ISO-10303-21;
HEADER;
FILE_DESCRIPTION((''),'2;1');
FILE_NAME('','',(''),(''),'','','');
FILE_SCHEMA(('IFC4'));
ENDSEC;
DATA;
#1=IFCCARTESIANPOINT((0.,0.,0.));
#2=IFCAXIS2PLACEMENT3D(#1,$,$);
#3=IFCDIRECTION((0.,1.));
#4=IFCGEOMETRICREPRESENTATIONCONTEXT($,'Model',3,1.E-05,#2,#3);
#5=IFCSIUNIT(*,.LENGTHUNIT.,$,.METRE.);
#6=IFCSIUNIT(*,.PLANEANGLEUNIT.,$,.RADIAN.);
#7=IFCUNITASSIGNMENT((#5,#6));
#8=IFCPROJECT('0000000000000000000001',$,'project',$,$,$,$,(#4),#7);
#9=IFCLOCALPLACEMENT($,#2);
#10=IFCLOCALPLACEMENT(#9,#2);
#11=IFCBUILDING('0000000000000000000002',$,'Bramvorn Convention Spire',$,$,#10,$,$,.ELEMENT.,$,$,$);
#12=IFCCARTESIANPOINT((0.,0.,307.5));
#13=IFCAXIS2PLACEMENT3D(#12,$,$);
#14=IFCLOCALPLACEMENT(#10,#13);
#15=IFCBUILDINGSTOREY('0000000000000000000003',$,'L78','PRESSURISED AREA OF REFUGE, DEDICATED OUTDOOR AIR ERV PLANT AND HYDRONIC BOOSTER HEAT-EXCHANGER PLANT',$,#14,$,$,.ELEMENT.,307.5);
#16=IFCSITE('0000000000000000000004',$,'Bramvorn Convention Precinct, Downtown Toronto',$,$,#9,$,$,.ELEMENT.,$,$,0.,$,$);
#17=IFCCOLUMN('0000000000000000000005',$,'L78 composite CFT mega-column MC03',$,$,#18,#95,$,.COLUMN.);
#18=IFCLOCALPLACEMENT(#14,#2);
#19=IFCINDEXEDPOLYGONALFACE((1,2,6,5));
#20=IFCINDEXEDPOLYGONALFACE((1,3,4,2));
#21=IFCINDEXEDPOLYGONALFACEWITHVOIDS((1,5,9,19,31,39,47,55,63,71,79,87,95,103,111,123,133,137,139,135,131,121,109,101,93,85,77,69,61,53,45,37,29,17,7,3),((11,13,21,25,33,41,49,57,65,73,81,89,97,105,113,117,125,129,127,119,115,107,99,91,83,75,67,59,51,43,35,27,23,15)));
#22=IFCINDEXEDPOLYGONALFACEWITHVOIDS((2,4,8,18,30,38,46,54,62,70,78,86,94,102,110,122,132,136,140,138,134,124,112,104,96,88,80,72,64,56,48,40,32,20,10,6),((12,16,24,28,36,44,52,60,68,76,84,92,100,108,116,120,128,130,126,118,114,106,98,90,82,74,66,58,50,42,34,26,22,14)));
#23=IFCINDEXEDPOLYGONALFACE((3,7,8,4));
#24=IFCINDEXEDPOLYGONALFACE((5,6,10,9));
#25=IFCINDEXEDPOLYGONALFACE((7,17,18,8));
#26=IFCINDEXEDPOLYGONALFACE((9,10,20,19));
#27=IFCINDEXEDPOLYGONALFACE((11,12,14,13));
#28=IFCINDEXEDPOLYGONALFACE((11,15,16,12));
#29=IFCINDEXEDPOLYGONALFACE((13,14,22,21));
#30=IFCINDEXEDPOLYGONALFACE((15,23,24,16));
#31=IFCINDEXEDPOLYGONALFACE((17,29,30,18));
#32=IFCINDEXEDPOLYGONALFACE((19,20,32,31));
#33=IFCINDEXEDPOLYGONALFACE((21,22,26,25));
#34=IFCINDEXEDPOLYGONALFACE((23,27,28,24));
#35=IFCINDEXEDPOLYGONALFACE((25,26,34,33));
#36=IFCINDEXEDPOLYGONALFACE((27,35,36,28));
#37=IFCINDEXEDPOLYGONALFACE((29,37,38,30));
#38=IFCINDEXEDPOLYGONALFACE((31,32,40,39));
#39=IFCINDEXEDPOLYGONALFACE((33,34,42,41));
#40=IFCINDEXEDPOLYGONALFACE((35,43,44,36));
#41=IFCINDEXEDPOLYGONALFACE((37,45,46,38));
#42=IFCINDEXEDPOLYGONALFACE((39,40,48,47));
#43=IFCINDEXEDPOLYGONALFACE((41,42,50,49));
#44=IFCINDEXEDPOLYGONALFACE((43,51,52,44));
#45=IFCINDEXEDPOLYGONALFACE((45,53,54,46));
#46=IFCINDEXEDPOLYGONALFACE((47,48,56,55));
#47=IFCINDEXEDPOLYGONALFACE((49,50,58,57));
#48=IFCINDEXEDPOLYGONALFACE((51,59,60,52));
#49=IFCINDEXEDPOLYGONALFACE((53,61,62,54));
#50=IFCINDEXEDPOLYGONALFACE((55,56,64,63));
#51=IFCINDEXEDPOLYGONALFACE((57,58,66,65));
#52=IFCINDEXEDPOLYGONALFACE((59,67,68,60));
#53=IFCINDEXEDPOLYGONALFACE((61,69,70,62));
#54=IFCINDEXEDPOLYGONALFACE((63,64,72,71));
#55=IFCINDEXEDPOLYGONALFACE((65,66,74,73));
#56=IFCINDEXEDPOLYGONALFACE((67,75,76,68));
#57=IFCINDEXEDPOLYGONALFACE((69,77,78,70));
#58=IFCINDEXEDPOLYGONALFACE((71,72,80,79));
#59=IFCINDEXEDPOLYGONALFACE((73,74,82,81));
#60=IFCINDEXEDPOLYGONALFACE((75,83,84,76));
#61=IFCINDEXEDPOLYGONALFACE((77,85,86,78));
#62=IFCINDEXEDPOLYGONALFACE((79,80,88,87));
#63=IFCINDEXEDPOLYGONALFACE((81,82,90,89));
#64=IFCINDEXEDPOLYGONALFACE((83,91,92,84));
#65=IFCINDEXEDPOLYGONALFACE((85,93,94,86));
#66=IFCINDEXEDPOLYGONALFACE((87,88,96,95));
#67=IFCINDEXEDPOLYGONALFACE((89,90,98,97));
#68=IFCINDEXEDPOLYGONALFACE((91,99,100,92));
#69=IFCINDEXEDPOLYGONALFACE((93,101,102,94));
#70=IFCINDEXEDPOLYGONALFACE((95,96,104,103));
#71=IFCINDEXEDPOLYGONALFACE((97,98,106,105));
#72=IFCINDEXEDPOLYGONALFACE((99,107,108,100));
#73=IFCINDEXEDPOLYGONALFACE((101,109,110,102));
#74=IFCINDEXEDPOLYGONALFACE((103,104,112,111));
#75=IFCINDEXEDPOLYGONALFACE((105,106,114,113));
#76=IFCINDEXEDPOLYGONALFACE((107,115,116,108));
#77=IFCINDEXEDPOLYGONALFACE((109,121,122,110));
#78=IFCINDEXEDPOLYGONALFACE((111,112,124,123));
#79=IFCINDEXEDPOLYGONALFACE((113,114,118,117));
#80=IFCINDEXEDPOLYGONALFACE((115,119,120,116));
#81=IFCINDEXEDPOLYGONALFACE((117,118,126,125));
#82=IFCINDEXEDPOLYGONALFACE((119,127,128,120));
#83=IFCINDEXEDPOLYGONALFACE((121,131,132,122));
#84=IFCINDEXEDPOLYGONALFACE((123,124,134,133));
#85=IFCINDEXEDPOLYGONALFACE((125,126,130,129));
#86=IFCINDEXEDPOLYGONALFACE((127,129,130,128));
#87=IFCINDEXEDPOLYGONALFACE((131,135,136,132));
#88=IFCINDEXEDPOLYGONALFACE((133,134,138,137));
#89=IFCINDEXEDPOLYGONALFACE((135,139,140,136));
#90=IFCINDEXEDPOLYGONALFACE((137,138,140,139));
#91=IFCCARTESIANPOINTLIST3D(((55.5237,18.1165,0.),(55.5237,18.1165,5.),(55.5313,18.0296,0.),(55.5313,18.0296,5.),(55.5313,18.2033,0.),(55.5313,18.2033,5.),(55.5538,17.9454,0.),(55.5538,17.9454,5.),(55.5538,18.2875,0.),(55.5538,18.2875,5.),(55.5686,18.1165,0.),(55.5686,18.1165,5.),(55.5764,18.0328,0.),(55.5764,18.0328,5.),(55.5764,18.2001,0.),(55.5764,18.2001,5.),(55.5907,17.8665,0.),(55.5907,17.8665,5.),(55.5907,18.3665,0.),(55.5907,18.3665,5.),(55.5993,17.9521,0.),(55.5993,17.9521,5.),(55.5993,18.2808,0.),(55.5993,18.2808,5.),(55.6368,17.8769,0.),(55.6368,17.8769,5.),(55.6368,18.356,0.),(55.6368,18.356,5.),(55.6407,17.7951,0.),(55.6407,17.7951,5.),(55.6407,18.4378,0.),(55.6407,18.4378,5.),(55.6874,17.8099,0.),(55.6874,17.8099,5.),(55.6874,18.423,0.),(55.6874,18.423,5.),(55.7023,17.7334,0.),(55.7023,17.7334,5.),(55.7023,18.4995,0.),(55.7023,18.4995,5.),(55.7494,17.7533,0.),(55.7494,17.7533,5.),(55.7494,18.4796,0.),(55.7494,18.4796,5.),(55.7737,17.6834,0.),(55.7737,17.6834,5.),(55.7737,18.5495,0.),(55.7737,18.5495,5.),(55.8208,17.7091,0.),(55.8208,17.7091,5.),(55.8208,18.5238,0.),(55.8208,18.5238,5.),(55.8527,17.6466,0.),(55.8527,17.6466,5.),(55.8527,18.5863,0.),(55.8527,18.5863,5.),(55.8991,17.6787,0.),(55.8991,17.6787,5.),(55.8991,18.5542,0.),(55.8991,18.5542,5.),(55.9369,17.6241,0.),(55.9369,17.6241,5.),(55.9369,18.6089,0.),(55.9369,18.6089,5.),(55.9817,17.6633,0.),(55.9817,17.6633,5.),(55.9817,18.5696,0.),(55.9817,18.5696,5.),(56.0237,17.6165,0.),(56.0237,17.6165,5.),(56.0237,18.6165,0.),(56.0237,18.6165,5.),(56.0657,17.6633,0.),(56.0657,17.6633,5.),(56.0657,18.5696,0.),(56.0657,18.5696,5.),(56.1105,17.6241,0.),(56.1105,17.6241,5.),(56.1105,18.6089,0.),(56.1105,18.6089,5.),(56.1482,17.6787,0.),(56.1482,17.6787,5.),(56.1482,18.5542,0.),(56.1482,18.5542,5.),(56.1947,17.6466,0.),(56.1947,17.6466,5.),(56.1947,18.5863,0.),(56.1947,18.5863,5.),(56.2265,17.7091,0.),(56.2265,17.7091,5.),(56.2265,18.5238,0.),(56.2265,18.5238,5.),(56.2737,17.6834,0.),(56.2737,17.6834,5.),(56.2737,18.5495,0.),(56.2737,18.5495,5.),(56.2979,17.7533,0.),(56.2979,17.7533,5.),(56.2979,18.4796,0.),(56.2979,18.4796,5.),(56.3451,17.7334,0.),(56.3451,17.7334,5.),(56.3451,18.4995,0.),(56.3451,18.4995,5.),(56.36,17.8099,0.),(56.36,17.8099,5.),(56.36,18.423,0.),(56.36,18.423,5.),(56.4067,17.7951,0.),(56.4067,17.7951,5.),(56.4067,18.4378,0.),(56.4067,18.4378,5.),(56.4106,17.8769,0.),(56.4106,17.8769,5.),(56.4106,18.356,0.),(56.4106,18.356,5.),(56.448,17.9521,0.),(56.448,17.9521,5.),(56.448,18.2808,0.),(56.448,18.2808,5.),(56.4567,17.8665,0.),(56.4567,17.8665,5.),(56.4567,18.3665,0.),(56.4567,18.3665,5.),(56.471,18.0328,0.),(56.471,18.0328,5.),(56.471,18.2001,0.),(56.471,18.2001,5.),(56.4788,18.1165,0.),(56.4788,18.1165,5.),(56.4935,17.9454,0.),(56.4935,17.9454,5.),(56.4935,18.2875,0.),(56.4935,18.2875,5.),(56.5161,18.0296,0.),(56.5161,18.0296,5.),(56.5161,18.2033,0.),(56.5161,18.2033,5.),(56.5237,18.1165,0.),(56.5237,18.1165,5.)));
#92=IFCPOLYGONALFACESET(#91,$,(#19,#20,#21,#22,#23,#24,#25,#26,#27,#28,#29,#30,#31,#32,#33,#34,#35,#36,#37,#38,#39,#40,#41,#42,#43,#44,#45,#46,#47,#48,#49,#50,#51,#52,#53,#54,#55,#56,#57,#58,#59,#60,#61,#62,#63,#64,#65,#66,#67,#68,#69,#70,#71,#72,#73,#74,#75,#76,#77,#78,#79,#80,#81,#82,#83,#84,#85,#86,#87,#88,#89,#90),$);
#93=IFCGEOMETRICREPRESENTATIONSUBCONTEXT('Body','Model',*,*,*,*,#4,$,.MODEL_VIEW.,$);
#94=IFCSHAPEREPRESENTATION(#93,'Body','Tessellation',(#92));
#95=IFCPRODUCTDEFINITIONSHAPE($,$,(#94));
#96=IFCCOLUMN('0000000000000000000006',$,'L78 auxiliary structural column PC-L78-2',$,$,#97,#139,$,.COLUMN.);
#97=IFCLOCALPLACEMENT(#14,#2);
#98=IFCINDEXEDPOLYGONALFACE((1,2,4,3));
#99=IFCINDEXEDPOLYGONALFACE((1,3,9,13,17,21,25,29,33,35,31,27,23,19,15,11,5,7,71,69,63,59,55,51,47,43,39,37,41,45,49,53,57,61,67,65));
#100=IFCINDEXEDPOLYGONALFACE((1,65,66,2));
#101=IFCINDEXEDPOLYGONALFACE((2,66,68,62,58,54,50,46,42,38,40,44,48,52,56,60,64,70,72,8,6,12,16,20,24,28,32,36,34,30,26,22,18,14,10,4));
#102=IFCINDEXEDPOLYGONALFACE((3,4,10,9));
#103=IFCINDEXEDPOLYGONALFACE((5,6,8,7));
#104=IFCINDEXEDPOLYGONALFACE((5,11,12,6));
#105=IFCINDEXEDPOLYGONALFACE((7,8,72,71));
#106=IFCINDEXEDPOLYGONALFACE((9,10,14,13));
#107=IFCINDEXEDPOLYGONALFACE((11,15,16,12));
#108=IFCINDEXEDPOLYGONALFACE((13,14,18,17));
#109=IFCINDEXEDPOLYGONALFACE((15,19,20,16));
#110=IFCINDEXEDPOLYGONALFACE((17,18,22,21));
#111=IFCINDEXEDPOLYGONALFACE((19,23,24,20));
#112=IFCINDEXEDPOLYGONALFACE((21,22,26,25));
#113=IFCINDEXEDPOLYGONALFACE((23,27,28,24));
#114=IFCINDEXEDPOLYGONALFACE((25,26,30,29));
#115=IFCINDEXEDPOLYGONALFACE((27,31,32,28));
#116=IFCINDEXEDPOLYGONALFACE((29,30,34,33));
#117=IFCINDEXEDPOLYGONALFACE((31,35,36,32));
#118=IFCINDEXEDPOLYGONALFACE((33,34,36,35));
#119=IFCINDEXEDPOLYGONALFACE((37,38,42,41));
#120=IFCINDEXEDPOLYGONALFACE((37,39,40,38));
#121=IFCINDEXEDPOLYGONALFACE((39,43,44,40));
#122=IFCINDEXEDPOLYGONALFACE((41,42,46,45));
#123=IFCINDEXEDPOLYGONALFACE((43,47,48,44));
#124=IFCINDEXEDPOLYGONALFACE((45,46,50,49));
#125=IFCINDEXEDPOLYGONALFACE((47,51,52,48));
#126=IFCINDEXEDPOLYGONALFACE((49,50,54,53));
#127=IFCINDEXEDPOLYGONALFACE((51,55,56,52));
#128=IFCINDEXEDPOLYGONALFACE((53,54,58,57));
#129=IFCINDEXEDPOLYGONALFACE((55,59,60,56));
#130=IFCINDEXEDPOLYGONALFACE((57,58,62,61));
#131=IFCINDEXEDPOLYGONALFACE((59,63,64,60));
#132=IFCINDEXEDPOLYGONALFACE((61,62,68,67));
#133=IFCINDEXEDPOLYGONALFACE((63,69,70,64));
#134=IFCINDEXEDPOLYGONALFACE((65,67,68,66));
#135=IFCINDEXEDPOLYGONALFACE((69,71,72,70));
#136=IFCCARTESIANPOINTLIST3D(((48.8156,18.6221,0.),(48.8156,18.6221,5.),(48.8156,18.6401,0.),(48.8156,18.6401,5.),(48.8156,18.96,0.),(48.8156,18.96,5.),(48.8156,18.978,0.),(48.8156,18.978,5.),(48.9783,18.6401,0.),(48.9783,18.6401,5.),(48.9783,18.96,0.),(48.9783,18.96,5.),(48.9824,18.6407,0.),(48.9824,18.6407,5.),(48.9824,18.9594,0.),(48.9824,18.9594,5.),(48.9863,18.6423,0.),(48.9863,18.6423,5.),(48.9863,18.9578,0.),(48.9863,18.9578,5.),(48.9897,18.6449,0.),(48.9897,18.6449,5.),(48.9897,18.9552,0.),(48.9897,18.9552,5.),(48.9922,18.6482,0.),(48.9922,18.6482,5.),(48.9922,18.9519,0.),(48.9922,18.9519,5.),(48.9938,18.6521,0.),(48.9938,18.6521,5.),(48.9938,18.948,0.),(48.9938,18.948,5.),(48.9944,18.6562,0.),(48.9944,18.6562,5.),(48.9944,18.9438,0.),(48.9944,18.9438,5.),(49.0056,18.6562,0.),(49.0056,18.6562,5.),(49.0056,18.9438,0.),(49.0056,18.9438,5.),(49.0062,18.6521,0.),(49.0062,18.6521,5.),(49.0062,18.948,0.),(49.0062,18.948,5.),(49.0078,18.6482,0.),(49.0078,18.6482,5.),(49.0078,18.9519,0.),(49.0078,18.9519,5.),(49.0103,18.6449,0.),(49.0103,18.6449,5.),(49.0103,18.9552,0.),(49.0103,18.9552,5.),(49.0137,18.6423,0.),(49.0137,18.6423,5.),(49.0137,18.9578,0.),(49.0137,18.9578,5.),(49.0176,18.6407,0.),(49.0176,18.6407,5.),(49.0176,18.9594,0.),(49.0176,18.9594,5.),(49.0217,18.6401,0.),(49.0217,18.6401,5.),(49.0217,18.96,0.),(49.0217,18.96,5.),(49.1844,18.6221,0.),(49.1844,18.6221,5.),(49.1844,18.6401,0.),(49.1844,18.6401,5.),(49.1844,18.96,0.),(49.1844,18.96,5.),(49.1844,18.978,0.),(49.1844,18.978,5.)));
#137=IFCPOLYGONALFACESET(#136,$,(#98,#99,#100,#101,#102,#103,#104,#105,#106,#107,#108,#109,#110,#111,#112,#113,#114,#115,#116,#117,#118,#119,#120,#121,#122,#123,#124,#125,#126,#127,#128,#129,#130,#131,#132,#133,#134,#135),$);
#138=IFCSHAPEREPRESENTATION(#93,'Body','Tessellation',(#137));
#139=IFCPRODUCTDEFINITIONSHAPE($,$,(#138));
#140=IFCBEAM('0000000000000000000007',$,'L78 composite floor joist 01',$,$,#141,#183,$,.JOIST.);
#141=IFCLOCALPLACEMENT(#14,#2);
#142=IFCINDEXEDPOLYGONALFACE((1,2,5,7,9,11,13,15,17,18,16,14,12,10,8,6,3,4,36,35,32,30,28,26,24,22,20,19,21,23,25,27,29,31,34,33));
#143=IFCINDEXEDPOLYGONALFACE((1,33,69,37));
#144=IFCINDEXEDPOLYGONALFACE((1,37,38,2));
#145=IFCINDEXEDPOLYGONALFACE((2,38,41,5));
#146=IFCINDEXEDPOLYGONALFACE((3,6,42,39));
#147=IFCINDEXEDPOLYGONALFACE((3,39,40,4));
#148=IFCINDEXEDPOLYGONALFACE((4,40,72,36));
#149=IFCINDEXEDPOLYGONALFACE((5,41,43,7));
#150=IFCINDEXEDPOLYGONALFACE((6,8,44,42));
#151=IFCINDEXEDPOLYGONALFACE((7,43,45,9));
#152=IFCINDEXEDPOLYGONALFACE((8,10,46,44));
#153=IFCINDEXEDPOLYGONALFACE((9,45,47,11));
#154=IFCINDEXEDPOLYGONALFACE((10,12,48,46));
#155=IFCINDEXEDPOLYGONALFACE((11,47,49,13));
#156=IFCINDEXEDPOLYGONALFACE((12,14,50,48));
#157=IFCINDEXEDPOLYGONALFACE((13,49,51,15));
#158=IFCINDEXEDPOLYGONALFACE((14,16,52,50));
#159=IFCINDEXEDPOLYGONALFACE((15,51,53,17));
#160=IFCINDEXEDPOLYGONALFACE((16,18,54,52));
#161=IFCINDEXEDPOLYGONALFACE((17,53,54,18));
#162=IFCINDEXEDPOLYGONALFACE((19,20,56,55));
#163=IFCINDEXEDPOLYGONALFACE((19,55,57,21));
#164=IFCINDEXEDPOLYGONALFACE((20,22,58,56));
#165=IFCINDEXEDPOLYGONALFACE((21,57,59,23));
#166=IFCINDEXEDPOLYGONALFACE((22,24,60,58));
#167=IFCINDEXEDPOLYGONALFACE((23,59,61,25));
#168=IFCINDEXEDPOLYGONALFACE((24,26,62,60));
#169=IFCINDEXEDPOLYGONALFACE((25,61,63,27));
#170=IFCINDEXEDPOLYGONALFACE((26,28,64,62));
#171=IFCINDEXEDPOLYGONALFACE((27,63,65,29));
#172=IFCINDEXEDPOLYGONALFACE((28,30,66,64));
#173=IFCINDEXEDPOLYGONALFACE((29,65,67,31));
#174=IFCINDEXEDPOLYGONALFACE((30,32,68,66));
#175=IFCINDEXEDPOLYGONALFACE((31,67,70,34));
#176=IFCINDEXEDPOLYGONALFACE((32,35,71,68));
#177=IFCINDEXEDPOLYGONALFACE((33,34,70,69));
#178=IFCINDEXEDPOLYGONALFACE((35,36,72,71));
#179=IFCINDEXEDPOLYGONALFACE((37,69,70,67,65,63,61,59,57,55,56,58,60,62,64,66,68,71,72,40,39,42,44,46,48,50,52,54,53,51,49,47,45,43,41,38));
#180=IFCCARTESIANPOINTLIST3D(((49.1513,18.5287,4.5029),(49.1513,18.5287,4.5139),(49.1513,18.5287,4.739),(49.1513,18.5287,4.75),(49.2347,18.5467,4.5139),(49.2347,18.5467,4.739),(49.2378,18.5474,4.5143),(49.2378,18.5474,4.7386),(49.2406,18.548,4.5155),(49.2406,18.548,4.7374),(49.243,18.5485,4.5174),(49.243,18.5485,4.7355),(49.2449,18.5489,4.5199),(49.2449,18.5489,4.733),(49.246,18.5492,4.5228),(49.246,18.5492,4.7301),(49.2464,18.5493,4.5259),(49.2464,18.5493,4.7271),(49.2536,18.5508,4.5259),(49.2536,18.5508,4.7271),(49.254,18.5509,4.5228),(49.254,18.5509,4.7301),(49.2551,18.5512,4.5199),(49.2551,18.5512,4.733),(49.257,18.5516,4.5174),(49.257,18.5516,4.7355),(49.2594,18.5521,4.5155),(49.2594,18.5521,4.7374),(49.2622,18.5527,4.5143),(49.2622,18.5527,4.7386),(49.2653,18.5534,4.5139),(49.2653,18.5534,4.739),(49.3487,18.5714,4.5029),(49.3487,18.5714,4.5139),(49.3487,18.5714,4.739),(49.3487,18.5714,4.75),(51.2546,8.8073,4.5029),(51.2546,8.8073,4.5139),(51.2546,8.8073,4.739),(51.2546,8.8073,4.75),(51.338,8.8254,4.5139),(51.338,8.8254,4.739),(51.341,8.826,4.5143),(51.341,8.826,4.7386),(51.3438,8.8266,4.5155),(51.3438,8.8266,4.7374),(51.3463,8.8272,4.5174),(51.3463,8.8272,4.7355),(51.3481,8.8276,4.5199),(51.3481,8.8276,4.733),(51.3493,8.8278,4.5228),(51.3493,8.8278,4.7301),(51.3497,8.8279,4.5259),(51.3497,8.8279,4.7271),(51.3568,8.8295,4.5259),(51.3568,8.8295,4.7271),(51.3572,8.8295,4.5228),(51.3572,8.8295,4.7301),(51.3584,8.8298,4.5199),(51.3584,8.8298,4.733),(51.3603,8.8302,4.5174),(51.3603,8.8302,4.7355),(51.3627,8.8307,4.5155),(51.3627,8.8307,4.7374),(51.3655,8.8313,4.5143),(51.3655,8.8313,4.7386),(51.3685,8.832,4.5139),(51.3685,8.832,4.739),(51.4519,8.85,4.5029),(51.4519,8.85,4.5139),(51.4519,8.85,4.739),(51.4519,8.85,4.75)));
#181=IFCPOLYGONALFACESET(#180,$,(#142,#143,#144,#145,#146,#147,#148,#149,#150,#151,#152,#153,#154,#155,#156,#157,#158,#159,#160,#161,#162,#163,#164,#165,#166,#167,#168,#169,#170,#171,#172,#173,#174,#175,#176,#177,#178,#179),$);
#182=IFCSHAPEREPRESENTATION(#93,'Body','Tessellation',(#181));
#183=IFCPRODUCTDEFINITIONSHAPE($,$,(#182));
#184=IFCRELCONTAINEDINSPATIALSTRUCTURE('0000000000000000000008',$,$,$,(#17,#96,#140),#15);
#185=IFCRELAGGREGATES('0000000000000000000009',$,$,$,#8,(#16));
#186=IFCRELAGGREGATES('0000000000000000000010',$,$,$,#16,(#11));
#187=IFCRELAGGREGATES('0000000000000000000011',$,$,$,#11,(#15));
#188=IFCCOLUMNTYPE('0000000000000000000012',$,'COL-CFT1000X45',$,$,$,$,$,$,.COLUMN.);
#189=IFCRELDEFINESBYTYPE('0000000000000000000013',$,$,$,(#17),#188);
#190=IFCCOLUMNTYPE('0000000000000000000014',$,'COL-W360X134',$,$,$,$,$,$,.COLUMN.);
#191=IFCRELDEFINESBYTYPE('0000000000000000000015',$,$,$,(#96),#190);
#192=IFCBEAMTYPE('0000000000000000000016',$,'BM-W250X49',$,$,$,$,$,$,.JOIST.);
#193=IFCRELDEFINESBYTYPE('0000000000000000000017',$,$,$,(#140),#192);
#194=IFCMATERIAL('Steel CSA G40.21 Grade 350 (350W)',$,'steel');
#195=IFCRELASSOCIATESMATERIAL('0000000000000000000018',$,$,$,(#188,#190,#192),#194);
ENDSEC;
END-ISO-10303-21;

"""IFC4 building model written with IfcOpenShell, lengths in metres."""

from ifc_helpers import new_model, si_unit, direction, frame, origin, origin_2d, place, context, subcontext, project, spatial, hollow_circle, i_section, extrude, material, material_profile, profile_set, type_object, element, save


model = new_model("IFC4")

# Units and contexts
model_context = context("Model", 3, precision=1e-05, world=origin(), true_north=direction((0.0, 1.0)))
body_context = subcontext(model_context, "Body", "Model", "MODEL_VIEW")
ifc_project = project(units=[si_unit("LENGTHUNIT", "METRE"), si_unit("PLANEANGLEUNIT", "RADIAN")], contexts=[model_context])

# Site, building, storey
site_placement = place(None, origin())
site = spatial("IfcSite", under=ifc_project, at=site_placement, Name="Bramvorn Convention Precinct, Downtown Toronto", CompositionType="ELEMENT", RefElevation=0.0)
building_placement = place(site_placement, origin())
building = spatial("IfcBuilding", under=site, at=building_placement, Name="Bramvorn Convention Spire", CompositionType="ELEMENT")
storey_placement = place(building_placement, frame((0.0, 0.0, 307.5)))
storey = spatial("IfcBuildingStorey", under=building, at=storey_placement, Name="L78", Description="PRESSURISED AREA OF REFUGE, DEDICATED OUTDOOR AIR ERV PLANT AND HYDRONIC BOOSTER HEAT-EXCHANGER PLANT", CompositionType="ELEMENT", Elevation=307.5)

# Columns
ifc_material_1 = material(Name="Steel CSA G40.21 Grade 350 (350W)", Category="steel")
ifc_material_profile_1 = material_profile(ifc_material_1, hollow_circle(Radius=0.5, WallThickness=0.0449, at=origin_2d()))
ifc_profile_set_1 = profile_set([ifc_material_profile_1], Name="Steel CSA G40.21 Grade 350 (350W) - CFT1000X45")
column_type_1 = type_object("IfcColumnType", Name="COL-CFT1000X45", PredefinedType="COLUMN", material=ifc_profile_set_1)
for number, where, z_axis, x_axis, name in (
    (1, (56.0237, 18.1165, 0.0), (0.0, 0.0, 1.0), (1.0, 0.0, 0.0), "L78 composite CFT mega-column MC03"),
):
    element("IfcColumn", number, at=place(storey_placement, frame(where, z_axis=z_axis, x_axis=x_axis)), inside=storey, type_object=column_type_1, Name=name, PredefinedType="COLUMN", context=body_context, shape_type="SweptSolid", body=[
        extrude(hollow_circle(Radius=0.5, WallThickness=0.0449, at=origin_2d()), origin(), (0.0, 0.0, 1.0), 5.0),
    ])
ifc_material_profile_2 = material_profile(ifc_material_1, i_section(OverallWidth=0.3689, OverallDepth=0.356, WebThickness=0.0112, FlangeThickness=0.0181, FilletRadius=0.0161, at=origin_2d()))
ifc_profile_set_2 = profile_set([ifc_material_profile_2], Name="Steel CSA G40.21 Grade 350 (350W) - W360X134")
column_type_2 = type_object("IfcColumnType", Name="COL-W360X134", PredefinedType="COLUMN", material=ifc_profile_set_2)
column_placement = place(storey_placement, frame((49.0, 18.8, 0.0), z_axis=(0.0, 0.0, 1.0), x_axis=(1.0, 0.0, 0.0)))
element("IfcColumn", 2, at=column_placement, inside=storey, type_object=column_type_2, Name="L78 auxiliary structural column PC-L78-2", PredefinedType="COLUMN", context=body_context, shape_type="SweptSolid", body=[
    extrude(i_section(OverallWidth=0.3689, OverallDepth=0.356, WebThickness=0.0112, FlangeThickness=0.0181, FilletRadius=0.0161, at=origin_2d()), origin(), (0.0, 0.0, 1.0), 5.0),
])

# Beam
ifc_material_profile_3 = material_profile(ifc_material_1, i_section(OverallWidth=0.2019, OverallDepth=0.2471, WebThickness=0.0073, FlangeThickness=0.011, FilletRadius=0.012, at=origin_2d()))
ifc_profile_set_3 = profile_set([ifc_material_profile_3], Name="Steel CSA G40.21 Grade 350 (350W) - W250X49")
beam_type_1 = type_object("IfcBeamType", Name="BM-W250X49", PredefinedType="JOIST", material=ifc_profile_set_3)
beam_1_placement = place(storey_placement, frame((49.25, 18.55, 4.6265), z_axis=(0.211461, -0.977386, 0.0), x_axis=(0.977386, 0.211461, 0.0)))
element("IfcBeam", 3, at=beam_1_placement, inside=storey, type_object=beam_type_1, Name="L78 composite floor joist 01", PredefinedType="JOIST", context=body_context, shape_type="SweptSolid", body=[
    extrude(i_section(OverallWidth=0.2019, OverallDepth=0.2471, WebThickness=0.0073, FlangeThickness=0.011, FilletRadius=0.012, at=origin_2d()), origin(), (0.0, 0.0, 1.0), 9.9463),
])

save(model, "model.ifc")
